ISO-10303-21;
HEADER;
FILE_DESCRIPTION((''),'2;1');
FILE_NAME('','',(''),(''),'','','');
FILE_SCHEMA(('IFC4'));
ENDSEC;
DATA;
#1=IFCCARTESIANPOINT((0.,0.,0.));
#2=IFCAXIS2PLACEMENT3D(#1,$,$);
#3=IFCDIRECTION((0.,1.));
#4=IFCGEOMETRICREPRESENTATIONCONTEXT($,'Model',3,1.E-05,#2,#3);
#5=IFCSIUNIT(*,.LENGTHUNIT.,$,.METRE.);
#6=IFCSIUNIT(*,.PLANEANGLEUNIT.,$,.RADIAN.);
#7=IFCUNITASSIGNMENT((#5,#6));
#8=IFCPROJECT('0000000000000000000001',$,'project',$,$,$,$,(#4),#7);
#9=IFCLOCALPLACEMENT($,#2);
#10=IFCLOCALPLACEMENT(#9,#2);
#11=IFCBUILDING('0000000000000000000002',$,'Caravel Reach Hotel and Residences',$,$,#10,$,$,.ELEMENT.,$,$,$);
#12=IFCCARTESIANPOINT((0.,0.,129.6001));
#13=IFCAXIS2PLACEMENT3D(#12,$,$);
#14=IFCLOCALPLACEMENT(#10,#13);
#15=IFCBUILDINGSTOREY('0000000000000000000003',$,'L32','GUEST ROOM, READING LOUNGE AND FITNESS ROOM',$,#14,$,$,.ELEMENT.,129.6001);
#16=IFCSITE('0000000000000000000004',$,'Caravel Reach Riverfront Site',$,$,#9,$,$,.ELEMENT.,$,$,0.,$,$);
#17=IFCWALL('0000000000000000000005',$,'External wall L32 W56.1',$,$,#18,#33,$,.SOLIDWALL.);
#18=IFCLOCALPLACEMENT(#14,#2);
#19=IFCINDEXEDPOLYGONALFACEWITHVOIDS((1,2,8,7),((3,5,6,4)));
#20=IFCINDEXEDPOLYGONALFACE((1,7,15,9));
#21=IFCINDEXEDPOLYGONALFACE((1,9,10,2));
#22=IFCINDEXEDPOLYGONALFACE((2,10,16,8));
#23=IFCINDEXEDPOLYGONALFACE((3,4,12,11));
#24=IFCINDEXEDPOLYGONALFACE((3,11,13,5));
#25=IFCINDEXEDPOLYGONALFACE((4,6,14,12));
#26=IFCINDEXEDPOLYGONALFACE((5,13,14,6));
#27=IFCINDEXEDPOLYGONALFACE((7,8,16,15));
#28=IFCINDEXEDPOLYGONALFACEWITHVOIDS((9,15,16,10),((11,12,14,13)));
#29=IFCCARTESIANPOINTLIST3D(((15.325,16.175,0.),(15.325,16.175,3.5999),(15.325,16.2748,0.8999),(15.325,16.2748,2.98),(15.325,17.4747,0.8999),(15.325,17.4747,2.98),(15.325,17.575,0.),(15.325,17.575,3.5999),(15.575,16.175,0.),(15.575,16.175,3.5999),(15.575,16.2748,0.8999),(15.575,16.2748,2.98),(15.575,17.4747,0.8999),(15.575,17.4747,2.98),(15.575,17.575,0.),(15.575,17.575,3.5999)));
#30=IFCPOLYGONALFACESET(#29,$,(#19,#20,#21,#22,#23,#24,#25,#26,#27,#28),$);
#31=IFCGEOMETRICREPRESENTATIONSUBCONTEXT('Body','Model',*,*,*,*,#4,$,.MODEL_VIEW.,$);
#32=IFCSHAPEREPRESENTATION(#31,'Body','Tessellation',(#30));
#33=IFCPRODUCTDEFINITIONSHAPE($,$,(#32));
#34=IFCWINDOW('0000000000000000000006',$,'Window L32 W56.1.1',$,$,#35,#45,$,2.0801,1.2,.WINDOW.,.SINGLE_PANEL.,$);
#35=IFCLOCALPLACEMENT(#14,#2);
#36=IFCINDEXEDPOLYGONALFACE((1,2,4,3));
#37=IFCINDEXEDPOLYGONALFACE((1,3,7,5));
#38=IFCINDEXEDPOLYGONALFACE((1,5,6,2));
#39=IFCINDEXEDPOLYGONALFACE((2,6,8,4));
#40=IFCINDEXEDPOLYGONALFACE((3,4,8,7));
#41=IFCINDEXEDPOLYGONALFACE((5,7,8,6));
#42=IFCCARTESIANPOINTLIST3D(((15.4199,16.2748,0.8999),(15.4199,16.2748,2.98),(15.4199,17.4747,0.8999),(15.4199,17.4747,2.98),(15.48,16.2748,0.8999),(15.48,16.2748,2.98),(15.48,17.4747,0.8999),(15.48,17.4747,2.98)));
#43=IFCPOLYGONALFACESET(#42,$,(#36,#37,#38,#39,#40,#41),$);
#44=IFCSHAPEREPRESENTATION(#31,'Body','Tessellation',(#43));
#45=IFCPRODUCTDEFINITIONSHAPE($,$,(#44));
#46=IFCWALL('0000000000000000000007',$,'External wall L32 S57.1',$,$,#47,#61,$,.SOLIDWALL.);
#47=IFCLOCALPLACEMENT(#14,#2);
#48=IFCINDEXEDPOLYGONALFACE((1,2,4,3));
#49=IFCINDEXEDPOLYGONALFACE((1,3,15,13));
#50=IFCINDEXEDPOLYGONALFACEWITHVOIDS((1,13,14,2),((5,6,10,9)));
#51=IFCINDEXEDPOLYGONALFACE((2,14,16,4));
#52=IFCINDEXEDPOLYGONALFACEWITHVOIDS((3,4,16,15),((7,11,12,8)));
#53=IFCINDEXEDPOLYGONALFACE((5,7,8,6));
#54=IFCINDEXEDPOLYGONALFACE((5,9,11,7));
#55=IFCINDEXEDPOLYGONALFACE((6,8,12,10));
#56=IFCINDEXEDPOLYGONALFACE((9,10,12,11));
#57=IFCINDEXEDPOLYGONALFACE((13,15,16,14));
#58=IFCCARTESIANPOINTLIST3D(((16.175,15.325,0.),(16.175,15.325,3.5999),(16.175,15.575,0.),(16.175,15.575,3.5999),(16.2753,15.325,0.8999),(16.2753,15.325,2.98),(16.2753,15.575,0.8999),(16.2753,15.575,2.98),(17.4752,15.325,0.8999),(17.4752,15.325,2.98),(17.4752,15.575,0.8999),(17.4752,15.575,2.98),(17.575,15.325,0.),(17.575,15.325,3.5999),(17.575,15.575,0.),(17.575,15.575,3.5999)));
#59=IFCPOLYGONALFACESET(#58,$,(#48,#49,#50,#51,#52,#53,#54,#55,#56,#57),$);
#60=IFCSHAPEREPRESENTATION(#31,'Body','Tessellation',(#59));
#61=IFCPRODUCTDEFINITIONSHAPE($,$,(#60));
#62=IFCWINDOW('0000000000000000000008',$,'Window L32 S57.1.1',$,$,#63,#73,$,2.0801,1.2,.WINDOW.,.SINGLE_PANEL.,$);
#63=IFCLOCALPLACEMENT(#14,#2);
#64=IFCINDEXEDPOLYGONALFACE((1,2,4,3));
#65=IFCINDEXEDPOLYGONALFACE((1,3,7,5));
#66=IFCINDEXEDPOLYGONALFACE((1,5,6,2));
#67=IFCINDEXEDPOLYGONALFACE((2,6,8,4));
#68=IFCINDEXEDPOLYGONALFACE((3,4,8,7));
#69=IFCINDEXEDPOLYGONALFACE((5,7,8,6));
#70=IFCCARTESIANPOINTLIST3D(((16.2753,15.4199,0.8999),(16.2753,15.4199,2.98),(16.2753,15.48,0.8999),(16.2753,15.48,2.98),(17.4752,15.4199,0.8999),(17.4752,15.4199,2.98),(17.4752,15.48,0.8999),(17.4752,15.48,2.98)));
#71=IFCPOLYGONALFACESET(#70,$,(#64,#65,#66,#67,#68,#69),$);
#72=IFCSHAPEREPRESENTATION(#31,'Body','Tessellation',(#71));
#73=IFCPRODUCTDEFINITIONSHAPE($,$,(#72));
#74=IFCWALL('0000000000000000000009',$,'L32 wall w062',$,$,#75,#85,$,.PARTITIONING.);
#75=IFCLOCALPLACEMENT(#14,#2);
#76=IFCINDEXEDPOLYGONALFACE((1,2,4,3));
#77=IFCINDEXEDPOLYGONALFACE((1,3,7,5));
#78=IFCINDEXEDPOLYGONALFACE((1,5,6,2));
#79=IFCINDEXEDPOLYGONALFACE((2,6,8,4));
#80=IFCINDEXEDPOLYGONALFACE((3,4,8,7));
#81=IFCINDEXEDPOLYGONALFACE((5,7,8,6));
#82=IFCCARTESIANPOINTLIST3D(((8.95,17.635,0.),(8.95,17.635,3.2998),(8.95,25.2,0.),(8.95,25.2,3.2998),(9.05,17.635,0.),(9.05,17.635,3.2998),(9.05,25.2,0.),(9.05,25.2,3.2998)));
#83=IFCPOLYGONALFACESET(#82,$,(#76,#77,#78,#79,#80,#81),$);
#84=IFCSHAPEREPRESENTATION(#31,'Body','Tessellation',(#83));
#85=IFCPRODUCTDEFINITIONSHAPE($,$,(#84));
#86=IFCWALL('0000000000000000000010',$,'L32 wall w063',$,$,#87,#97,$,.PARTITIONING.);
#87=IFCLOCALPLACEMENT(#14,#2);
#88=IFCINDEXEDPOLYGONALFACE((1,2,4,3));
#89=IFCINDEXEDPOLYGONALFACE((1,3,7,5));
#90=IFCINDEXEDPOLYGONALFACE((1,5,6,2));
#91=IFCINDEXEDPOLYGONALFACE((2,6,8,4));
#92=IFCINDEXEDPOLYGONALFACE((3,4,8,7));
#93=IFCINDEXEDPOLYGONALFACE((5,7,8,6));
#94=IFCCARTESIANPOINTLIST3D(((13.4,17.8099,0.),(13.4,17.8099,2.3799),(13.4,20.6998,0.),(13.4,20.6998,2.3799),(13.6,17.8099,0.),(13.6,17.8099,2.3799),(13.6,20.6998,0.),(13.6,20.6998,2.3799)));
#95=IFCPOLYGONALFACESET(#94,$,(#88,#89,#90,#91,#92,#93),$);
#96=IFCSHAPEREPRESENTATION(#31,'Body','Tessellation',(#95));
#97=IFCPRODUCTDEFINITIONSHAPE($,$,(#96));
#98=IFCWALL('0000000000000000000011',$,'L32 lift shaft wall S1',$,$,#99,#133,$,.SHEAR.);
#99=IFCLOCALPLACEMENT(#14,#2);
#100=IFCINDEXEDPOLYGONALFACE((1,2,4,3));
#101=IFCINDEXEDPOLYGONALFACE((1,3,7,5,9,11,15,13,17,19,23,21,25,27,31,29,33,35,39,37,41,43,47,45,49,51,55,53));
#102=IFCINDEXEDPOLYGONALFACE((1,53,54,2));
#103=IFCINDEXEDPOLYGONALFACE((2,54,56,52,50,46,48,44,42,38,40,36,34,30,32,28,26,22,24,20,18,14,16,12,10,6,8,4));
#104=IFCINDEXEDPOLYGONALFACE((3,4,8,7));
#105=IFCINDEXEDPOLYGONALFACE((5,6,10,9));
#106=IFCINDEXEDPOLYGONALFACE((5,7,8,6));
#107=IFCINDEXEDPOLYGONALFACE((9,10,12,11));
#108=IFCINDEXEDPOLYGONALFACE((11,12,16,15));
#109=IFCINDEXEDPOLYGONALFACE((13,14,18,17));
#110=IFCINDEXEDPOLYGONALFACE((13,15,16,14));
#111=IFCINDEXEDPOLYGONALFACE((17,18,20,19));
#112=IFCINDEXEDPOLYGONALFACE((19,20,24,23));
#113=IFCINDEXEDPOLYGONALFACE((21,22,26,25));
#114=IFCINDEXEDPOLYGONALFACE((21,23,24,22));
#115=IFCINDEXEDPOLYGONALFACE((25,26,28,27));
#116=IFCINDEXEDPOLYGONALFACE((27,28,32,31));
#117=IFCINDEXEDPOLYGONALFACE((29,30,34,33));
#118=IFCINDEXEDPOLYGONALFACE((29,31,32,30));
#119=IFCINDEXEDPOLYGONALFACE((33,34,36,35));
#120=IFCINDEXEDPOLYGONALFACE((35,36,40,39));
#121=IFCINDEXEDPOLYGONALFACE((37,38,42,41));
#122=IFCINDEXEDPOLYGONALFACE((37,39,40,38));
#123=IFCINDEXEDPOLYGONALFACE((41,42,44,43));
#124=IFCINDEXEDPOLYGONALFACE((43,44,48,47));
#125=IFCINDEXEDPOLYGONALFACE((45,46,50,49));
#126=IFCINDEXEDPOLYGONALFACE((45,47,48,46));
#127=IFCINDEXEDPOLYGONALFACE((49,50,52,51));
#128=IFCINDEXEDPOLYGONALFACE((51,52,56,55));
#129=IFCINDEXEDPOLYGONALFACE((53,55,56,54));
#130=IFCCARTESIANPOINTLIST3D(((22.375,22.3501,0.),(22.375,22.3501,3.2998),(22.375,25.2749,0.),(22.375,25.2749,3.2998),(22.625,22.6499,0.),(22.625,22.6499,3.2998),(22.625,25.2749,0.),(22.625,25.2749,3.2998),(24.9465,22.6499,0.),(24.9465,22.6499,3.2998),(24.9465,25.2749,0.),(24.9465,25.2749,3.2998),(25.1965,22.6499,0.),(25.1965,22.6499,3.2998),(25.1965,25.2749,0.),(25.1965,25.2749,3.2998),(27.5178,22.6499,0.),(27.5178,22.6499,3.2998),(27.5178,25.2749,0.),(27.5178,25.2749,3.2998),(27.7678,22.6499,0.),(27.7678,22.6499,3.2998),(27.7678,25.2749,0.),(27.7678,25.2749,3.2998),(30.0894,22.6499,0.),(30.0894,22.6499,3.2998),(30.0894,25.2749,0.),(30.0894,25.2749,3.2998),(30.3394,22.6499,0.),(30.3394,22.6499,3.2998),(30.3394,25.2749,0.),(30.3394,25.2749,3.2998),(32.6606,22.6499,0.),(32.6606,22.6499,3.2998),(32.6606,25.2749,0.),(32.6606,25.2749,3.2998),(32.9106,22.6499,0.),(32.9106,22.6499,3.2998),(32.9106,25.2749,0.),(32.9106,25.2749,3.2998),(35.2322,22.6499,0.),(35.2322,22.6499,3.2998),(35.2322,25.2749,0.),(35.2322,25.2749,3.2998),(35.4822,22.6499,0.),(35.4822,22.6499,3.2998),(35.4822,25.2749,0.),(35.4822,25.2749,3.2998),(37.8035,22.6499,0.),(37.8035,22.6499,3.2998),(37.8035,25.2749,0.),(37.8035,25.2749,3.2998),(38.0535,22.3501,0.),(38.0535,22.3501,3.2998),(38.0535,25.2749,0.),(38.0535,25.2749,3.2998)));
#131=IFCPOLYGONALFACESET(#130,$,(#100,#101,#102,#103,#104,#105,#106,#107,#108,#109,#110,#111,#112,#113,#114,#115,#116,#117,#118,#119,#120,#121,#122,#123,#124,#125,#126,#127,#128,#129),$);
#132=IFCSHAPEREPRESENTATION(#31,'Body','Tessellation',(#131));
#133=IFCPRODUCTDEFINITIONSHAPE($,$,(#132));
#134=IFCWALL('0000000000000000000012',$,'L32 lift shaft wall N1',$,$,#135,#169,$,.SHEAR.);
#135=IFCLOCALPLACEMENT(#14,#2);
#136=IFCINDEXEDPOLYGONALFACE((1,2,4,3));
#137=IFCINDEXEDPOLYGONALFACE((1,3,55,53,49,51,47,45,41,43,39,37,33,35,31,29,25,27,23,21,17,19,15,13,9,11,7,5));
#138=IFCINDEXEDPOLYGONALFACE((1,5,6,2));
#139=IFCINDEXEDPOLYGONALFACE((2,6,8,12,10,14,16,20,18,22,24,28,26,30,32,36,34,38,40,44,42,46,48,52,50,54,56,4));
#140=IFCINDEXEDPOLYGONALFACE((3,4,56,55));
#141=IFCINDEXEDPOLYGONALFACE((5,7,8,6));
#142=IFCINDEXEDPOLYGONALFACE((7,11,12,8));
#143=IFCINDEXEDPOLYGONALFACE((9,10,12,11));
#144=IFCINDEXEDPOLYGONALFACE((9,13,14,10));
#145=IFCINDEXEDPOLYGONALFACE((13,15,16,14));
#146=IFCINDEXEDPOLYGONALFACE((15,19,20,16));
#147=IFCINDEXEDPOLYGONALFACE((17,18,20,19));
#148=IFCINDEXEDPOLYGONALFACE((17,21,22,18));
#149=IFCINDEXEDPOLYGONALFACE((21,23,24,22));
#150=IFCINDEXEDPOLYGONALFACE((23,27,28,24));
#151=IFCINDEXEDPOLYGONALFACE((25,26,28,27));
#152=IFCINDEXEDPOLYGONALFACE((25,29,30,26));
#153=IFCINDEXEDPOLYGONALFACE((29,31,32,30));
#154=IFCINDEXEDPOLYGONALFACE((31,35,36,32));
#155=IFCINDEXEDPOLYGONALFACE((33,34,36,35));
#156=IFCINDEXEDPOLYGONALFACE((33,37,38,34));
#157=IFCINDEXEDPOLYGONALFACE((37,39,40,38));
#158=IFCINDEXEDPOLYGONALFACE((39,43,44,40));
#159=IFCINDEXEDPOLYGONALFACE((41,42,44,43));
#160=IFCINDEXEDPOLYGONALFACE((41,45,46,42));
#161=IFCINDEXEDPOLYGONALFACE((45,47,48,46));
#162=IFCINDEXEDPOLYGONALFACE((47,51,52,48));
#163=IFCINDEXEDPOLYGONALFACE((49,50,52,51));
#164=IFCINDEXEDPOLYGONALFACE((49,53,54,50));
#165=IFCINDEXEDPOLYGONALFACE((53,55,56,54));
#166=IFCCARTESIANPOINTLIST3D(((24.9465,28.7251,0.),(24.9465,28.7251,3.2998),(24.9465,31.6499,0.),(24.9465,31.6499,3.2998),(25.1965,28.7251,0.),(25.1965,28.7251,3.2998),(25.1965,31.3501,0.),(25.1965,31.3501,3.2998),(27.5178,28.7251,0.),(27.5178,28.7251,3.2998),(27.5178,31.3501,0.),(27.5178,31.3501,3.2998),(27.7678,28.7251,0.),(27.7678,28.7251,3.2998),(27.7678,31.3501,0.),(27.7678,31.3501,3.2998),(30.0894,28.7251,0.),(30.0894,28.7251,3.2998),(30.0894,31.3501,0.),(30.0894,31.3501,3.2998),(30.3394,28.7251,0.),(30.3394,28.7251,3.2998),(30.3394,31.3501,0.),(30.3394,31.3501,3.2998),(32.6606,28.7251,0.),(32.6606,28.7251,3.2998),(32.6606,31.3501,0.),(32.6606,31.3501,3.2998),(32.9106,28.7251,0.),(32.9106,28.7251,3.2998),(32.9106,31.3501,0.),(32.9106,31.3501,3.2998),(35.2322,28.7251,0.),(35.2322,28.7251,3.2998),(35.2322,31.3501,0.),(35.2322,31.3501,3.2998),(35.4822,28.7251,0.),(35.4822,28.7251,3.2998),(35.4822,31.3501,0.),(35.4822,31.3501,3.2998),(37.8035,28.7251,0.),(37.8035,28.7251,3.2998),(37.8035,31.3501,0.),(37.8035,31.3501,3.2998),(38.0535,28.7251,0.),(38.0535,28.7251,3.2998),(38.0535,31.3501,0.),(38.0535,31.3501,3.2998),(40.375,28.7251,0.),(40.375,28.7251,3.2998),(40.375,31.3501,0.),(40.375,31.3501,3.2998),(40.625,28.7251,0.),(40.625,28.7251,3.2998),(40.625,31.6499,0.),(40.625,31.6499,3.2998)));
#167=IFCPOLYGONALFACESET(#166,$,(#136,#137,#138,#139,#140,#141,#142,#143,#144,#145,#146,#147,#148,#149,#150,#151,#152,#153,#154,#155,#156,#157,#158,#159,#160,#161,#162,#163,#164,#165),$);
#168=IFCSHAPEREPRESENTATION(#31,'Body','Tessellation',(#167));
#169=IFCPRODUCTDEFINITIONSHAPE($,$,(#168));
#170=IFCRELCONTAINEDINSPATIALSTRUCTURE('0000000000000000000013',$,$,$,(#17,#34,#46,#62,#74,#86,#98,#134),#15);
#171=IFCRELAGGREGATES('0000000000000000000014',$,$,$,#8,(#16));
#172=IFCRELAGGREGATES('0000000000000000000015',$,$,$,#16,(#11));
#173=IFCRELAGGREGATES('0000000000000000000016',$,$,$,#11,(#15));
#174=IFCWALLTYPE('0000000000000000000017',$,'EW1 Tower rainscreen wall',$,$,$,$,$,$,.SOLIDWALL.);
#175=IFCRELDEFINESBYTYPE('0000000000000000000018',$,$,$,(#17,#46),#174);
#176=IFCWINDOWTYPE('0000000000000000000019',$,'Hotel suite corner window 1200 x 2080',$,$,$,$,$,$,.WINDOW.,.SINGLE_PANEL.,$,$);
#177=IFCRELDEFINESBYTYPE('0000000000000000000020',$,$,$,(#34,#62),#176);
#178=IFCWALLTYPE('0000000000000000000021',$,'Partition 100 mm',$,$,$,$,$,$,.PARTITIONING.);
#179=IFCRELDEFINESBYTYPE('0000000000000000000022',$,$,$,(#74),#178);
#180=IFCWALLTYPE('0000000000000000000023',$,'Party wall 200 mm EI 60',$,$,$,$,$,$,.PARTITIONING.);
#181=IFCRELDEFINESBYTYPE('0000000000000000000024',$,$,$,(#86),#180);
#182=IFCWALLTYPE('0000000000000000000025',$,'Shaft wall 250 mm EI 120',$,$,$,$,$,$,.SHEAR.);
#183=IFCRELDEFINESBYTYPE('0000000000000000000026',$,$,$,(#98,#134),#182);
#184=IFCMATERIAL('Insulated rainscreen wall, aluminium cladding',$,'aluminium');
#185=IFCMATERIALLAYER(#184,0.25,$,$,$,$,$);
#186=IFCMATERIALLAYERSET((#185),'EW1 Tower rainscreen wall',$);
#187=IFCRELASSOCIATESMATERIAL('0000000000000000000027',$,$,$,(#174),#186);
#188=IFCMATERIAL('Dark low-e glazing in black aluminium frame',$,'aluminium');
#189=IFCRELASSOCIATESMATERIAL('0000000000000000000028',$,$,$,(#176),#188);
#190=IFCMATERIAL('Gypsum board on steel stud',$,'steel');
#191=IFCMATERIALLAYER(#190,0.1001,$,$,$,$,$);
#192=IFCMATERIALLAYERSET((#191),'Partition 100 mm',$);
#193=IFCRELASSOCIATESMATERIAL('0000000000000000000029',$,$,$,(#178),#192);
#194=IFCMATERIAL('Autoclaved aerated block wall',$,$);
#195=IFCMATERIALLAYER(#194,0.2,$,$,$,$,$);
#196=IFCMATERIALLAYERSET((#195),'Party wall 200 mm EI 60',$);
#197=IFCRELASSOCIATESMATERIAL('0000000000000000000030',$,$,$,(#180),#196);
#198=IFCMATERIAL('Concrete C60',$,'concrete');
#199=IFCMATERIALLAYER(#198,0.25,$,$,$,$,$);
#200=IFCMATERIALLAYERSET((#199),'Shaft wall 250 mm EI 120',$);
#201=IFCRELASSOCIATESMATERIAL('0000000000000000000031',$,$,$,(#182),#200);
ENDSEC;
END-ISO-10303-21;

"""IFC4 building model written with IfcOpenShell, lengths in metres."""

from ifc_helpers import new_model, si_unit, direction, frame, frame_2d, origin, place, context, subcontext, project, spatial, polyline, rectangle, outline, extrude, material, layer, layer_set, type_object, element, fill, save


model = new_model("IFC4")

# Units and contexts
model_context = context("Model", 3, precision=1e-05, world=origin(), true_north=direction((0.0, 1.0)))
body_context = subcontext(model_context, "Body", "Model", "MODEL_VIEW")
ifc_project = project(units=[si_unit("LENGTHUNIT", "METRE"), si_unit("PLANEANGLEUNIT", "RADIAN")], contexts=[model_context])

# Site, building, storey
site_placement = place(None, origin())
site = spatial("IfcSite", under=ifc_project, at=site_placement, Name="Caravel Reach Riverfront Site", CompositionType="ELEMENT", RefElevation=0.0)
building_placement = place(site_placement, origin())
building = spatial("IfcBuilding", under=site, at=building_placement, Name="Caravel Reach Hotel and Residences", CompositionType="ELEMENT")
storey_placement = place(building_placement, frame((0.0, 0.0, 129.6001)))
storey = spatial("IfcBuildingStorey", under=building, at=storey_placement, Name="L32", Description="GUEST ROOM, READING LOUNGE AND FITNESS ROOM", CompositionType="ELEMENT", Elevation=129.6001)

# Shared definitions
ifc_material_1 = material(Name="Insulated rainscreen wall, aluminium cladding", Category="aluminium")
ifc_layer_1 = layer(ifc_material_1, 0.25)
ifc_layer_set_1 = layer_set([ifc_layer_1], Name="EW1 Tower rainscreen wall")
wall_type_1 = type_object("IfcWallType", Name="EW1 Tower rainscreen wall", PredefinedType="SOLIDWALL", material=ifc_layer_set_1)

# Walls, openings, windows
ifc_material_2 = material(Name="Dark low-e glazing in black aluminium frame", Category="aluminium")
window_type_1 = type_object("IfcWindowType", Name="Hotel suite corner window 1200 x 2080", PartitioningType="SINGLE_PANEL", PredefinedType="WINDOW", material=ifc_material_2)
wall_1_placement = place(storey_placement, frame((15.45, 17.575, 0.0), z_axis=(0.0, 0.0, 1.0), x_axis=(0.0, -1.0, 0.0)))
wall_1 = element("IfcWall", 1, at=wall_1_placement, inside=storey, type_object=wall_type_1, Name="External wall L32 W56.1", PredefinedType="SOLIDWALL", context=body_context, shape_type="SweptSolid", body=[
    extrude(rectangle(XDim=1.3999, YDim=0.25, at=frame_2d((0.7, 0.0))), origin(), (0.0, 0.0, 1.0), 3.5999),
])
opening_1_placement = place(wall_1_placement, frame((0.1001, 0.0, 0.8999)))
opening_1 = element("IfcOpeningElement", 2, at=opening_1_placement, cuts=wall_1, PredefinedType="OPENING", context=body_context, shape_type="SweptSolid", body=[
    extrude(rectangle(XDim=1.2, YDim=2.0801, at=frame_2d((0.6001, 1.04))), frame((0.0, 0.135, 0.0), z_axis=(0.0, -1.0, 0.0), x_axis=(1.0, 0.0, 0.0)), (0.0, 0.0, 1.0), 0.27),
])
window_1_placement = place(opening_1_placement, origin())
window_1 = element("IfcWindow", 3, at=window_1_placement, inside=storey, type_object=window_type_1, Name="Window L32 W56.1.1", OverallHeight=2.0801, OverallWidth=1.2, PartitioningType="SINGLE_PANEL", PredefinedType="WINDOW", context=body_context, shape_type="SweptSolid", body=[
    extrude(rectangle(XDim=1.2, YDim=2.0801, at=frame_2d((0.6001, 1.04))), frame((0.0, 0.03, 0.0), z_axis=(0.0, -1.0, 0.0), x_axis=(1.0, 0.0, 0.0)), (0.0, 0.0, 1.0), 0.0601),
])
fill(opening_1, window_1)
wall_2_placement = place(storey_placement, frame((16.175, 15.45, 0.0), z_axis=(0.0, 0.0, 1.0), x_axis=(1.0, 0.0, 0.0)))
wall_2 = element("IfcWall", 4, at=wall_2_placement, inside=storey, type_object=wall_type_1, Name="External wall L32 S57.1", PredefinedType="SOLIDWALL", context=body_context, shape_type="SweptSolid", body=[
    extrude(rectangle(XDim=1.3999, YDim=0.25, at=frame_2d((0.7, 0.0))), origin(), (0.0, 0.0, 1.0), 3.5999),
])
opening_2_placement = place(wall_2_placement, frame((0.1001, 0.0, 0.8999)))
opening_2 = element("IfcOpeningElement", 5, at=opening_2_placement, cuts=wall_2, PredefinedType="OPENING", context=body_context, shape_type="SweptSolid", body=[
    extrude(rectangle(XDim=1.2, YDim=2.0801, at=frame_2d((0.6001, 1.04))), frame((0.0, 0.135, 0.0), z_axis=(0.0, -1.0, 0.0), x_axis=(1.0, 0.0, 0.0)), (0.0, 0.0, 1.0), 0.27),
])
window_2_placement = place(opening_2_placement, origin())
window_2 = element("IfcWindow", 6, at=window_2_placement, inside=storey, type_object=window_type_1, Name="Window L32 S57.1.1", OverallHeight=2.0801, OverallWidth=1.2, PartitioningType="SINGLE_PANEL", PredefinedType="WINDOW", context=body_context, shape_type="SweptSolid", body=[
    extrude(rectangle(XDim=1.2, YDim=2.0801, at=frame_2d((0.6001, 1.04))), frame((0.0, 0.03, 0.0), z_axis=(0.0, -1.0, 0.0), x_axis=(1.0, 0.0, 0.0)), (0.0, 0.0, 1.0), 0.0601),
])
fill(opening_2, window_2)

# Walls
ifc_material_3 = material(Name="Gypsum board on steel stud", Category="steel")
ifc_layer_2 = layer(ifc_material_3, 0.1001)
ifc_layer_set_2 = layer_set([ifc_layer_2], Name="Partition 100 mm")
wall_type_2 = type_object("IfcWallType", Name="Partition 100 mm", PredefinedType="PARTITIONING", material=ifc_layer_set_2)
wall_3_placement = place(storey_placement, frame((9.0, 17.635, 0.0), z_axis=(0.0, 0.0, 1.0), x_axis=(0.0, 1.0, 0.0)))
element("IfcWall", 7, at=wall_3_placement, inside=storey, type_object=wall_type_2, Name="L32 wall w062", PredefinedType="PARTITIONING", context=body_context, shape_type="SweptSolid", body=[
    extrude(rectangle(XDim=7.5649, YDim=0.1001, at=frame_2d((3.7825, 0.0))), origin(), (0.0, 0.0, 1.0), 3.2998),
])
ifc_material_4 = material(Name="Autoclaved aerated block wall")
ifc_layer_3 = layer(ifc_material_4, 0.2)
ifc_layer_set_3 = layer_set([ifc_layer_3], Name="Party wall 200 mm EI 60")
wall_type_3 = type_object("IfcWallType", Name="Party wall 200 mm EI 60", PredefinedType="PARTITIONING", material=ifc_layer_set_3)
wall_4_placement = place(storey_placement, frame((13.5, 17.8101, 0.0), z_axis=(0.0, 0.0, 1.0), x_axis=(0.0, 1.0, 0.0)))
element("IfcWall", 8, at=wall_4_placement, inside=storey, type_object=wall_type_3, Name="L32 wall w063", PredefinedType="PARTITIONING", context=body_context, shape_type="SweptSolid", body=[
    extrude(rectangle(XDim=2.8899, YDim=0.2, at=frame_2d((1.4448, 0.0))), origin(), (0.0, 0.0, 1.0), 2.3799),
])
ifc_material_5 = material(Name="Concrete C60", Category="concrete")
ifc_layer_4 = layer(ifc_material_5, 0.25)
ifc_layer_set_4 = layer_set([ifc_layer_4], Name="Shaft wall 250 mm EI 120")
wall_type_4 = type_object("IfcWallType", Name="Shaft wall 250 mm EI 120", PredefinedType="SHEAR", material=ifc_layer_set_4)
wall_5_placement = place(storey_placement, origin())
element("IfcWall", 9, at=wall_5_placement, inside=storey, type_object=wall_type_4, Name="L32 lift shaft wall S1", PredefinedType="SHEAR", context=body_context, shape_type="SweptSolid", body=[
    extrude(outline(polyline([(22.375, 22.3501), (38.0535, 22.3501), (38.0535, 25.2749), (37.8035, 25.2749), (37.8035, 22.6499), (35.4822, 22.6499), (35.4822, 25.2749), (35.2322, 25.2749), (35.2322, 22.6499), (32.9106, 22.6499), (32.9106, 25.2749), (32.6606, 25.2749), (32.6606, 22.6499), (30.3394, 22.6499), (30.3394, 25.2749), (30.0894, 25.2749), (30.0894, 22.6499), (27.7678, 22.6499), (27.7678, 25.2749), (27.5178, 25.2749), (27.5178, 22.6499), (25.1965, 22.6499), (25.1965, 25.2749), (24.9465, 25.2749), (24.9465, 22.6499), (22.625, 22.6499), (22.625, 25.2749), (22.375, 25.2749), (22.375, 22.3501)])), origin(), (0.0, 0.0, 1.0), 3.2998),
])
wall_6_placement = place(storey_placement, origin())
element("IfcWall", 10, at=wall_6_placement, inside=storey, type_object=wall_type_4, Name="L32 lift shaft wall N1", PredefinedType="SHEAR", context=body_context, shape_type="SweptSolid", body=[
    extrude(outline(polyline([(24.9465, 28.7251), (25.1965, 28.7251), (25.1965, 31.3501), (27.5178, 31.3501), (27.5178, 28.7251), (27.7678, 28.7251), (27.7678, 31.3501), (30.0894, 31.3501), (30.0894, 28.7251), (30.3394, 28.7251), (30.3394, 31.3501), (32.6606, 31.3501), (32.6606, 28.7251), (32.9106, 28.7251), (32.9106, 31.3501), (35.2322, 31.3501), (35.2322, 28.7251), (35.4822, 28.7251), (35.4822, 31.3501), (37.8035, 31.3501), (37.8035, 28.7251), (38.0535, 28.7251), (38.0535, 31.3501), (40.375, 31.3501), (40.375, 28.7251), (40.625, 28.7251), (40.625, 31.6499), (24.9465, 31.6499), (24.9465, 28.7251)])), origin(), (0.0, 0.0, 1.0), 3.2998),
])

save(model, "model.ifc")
